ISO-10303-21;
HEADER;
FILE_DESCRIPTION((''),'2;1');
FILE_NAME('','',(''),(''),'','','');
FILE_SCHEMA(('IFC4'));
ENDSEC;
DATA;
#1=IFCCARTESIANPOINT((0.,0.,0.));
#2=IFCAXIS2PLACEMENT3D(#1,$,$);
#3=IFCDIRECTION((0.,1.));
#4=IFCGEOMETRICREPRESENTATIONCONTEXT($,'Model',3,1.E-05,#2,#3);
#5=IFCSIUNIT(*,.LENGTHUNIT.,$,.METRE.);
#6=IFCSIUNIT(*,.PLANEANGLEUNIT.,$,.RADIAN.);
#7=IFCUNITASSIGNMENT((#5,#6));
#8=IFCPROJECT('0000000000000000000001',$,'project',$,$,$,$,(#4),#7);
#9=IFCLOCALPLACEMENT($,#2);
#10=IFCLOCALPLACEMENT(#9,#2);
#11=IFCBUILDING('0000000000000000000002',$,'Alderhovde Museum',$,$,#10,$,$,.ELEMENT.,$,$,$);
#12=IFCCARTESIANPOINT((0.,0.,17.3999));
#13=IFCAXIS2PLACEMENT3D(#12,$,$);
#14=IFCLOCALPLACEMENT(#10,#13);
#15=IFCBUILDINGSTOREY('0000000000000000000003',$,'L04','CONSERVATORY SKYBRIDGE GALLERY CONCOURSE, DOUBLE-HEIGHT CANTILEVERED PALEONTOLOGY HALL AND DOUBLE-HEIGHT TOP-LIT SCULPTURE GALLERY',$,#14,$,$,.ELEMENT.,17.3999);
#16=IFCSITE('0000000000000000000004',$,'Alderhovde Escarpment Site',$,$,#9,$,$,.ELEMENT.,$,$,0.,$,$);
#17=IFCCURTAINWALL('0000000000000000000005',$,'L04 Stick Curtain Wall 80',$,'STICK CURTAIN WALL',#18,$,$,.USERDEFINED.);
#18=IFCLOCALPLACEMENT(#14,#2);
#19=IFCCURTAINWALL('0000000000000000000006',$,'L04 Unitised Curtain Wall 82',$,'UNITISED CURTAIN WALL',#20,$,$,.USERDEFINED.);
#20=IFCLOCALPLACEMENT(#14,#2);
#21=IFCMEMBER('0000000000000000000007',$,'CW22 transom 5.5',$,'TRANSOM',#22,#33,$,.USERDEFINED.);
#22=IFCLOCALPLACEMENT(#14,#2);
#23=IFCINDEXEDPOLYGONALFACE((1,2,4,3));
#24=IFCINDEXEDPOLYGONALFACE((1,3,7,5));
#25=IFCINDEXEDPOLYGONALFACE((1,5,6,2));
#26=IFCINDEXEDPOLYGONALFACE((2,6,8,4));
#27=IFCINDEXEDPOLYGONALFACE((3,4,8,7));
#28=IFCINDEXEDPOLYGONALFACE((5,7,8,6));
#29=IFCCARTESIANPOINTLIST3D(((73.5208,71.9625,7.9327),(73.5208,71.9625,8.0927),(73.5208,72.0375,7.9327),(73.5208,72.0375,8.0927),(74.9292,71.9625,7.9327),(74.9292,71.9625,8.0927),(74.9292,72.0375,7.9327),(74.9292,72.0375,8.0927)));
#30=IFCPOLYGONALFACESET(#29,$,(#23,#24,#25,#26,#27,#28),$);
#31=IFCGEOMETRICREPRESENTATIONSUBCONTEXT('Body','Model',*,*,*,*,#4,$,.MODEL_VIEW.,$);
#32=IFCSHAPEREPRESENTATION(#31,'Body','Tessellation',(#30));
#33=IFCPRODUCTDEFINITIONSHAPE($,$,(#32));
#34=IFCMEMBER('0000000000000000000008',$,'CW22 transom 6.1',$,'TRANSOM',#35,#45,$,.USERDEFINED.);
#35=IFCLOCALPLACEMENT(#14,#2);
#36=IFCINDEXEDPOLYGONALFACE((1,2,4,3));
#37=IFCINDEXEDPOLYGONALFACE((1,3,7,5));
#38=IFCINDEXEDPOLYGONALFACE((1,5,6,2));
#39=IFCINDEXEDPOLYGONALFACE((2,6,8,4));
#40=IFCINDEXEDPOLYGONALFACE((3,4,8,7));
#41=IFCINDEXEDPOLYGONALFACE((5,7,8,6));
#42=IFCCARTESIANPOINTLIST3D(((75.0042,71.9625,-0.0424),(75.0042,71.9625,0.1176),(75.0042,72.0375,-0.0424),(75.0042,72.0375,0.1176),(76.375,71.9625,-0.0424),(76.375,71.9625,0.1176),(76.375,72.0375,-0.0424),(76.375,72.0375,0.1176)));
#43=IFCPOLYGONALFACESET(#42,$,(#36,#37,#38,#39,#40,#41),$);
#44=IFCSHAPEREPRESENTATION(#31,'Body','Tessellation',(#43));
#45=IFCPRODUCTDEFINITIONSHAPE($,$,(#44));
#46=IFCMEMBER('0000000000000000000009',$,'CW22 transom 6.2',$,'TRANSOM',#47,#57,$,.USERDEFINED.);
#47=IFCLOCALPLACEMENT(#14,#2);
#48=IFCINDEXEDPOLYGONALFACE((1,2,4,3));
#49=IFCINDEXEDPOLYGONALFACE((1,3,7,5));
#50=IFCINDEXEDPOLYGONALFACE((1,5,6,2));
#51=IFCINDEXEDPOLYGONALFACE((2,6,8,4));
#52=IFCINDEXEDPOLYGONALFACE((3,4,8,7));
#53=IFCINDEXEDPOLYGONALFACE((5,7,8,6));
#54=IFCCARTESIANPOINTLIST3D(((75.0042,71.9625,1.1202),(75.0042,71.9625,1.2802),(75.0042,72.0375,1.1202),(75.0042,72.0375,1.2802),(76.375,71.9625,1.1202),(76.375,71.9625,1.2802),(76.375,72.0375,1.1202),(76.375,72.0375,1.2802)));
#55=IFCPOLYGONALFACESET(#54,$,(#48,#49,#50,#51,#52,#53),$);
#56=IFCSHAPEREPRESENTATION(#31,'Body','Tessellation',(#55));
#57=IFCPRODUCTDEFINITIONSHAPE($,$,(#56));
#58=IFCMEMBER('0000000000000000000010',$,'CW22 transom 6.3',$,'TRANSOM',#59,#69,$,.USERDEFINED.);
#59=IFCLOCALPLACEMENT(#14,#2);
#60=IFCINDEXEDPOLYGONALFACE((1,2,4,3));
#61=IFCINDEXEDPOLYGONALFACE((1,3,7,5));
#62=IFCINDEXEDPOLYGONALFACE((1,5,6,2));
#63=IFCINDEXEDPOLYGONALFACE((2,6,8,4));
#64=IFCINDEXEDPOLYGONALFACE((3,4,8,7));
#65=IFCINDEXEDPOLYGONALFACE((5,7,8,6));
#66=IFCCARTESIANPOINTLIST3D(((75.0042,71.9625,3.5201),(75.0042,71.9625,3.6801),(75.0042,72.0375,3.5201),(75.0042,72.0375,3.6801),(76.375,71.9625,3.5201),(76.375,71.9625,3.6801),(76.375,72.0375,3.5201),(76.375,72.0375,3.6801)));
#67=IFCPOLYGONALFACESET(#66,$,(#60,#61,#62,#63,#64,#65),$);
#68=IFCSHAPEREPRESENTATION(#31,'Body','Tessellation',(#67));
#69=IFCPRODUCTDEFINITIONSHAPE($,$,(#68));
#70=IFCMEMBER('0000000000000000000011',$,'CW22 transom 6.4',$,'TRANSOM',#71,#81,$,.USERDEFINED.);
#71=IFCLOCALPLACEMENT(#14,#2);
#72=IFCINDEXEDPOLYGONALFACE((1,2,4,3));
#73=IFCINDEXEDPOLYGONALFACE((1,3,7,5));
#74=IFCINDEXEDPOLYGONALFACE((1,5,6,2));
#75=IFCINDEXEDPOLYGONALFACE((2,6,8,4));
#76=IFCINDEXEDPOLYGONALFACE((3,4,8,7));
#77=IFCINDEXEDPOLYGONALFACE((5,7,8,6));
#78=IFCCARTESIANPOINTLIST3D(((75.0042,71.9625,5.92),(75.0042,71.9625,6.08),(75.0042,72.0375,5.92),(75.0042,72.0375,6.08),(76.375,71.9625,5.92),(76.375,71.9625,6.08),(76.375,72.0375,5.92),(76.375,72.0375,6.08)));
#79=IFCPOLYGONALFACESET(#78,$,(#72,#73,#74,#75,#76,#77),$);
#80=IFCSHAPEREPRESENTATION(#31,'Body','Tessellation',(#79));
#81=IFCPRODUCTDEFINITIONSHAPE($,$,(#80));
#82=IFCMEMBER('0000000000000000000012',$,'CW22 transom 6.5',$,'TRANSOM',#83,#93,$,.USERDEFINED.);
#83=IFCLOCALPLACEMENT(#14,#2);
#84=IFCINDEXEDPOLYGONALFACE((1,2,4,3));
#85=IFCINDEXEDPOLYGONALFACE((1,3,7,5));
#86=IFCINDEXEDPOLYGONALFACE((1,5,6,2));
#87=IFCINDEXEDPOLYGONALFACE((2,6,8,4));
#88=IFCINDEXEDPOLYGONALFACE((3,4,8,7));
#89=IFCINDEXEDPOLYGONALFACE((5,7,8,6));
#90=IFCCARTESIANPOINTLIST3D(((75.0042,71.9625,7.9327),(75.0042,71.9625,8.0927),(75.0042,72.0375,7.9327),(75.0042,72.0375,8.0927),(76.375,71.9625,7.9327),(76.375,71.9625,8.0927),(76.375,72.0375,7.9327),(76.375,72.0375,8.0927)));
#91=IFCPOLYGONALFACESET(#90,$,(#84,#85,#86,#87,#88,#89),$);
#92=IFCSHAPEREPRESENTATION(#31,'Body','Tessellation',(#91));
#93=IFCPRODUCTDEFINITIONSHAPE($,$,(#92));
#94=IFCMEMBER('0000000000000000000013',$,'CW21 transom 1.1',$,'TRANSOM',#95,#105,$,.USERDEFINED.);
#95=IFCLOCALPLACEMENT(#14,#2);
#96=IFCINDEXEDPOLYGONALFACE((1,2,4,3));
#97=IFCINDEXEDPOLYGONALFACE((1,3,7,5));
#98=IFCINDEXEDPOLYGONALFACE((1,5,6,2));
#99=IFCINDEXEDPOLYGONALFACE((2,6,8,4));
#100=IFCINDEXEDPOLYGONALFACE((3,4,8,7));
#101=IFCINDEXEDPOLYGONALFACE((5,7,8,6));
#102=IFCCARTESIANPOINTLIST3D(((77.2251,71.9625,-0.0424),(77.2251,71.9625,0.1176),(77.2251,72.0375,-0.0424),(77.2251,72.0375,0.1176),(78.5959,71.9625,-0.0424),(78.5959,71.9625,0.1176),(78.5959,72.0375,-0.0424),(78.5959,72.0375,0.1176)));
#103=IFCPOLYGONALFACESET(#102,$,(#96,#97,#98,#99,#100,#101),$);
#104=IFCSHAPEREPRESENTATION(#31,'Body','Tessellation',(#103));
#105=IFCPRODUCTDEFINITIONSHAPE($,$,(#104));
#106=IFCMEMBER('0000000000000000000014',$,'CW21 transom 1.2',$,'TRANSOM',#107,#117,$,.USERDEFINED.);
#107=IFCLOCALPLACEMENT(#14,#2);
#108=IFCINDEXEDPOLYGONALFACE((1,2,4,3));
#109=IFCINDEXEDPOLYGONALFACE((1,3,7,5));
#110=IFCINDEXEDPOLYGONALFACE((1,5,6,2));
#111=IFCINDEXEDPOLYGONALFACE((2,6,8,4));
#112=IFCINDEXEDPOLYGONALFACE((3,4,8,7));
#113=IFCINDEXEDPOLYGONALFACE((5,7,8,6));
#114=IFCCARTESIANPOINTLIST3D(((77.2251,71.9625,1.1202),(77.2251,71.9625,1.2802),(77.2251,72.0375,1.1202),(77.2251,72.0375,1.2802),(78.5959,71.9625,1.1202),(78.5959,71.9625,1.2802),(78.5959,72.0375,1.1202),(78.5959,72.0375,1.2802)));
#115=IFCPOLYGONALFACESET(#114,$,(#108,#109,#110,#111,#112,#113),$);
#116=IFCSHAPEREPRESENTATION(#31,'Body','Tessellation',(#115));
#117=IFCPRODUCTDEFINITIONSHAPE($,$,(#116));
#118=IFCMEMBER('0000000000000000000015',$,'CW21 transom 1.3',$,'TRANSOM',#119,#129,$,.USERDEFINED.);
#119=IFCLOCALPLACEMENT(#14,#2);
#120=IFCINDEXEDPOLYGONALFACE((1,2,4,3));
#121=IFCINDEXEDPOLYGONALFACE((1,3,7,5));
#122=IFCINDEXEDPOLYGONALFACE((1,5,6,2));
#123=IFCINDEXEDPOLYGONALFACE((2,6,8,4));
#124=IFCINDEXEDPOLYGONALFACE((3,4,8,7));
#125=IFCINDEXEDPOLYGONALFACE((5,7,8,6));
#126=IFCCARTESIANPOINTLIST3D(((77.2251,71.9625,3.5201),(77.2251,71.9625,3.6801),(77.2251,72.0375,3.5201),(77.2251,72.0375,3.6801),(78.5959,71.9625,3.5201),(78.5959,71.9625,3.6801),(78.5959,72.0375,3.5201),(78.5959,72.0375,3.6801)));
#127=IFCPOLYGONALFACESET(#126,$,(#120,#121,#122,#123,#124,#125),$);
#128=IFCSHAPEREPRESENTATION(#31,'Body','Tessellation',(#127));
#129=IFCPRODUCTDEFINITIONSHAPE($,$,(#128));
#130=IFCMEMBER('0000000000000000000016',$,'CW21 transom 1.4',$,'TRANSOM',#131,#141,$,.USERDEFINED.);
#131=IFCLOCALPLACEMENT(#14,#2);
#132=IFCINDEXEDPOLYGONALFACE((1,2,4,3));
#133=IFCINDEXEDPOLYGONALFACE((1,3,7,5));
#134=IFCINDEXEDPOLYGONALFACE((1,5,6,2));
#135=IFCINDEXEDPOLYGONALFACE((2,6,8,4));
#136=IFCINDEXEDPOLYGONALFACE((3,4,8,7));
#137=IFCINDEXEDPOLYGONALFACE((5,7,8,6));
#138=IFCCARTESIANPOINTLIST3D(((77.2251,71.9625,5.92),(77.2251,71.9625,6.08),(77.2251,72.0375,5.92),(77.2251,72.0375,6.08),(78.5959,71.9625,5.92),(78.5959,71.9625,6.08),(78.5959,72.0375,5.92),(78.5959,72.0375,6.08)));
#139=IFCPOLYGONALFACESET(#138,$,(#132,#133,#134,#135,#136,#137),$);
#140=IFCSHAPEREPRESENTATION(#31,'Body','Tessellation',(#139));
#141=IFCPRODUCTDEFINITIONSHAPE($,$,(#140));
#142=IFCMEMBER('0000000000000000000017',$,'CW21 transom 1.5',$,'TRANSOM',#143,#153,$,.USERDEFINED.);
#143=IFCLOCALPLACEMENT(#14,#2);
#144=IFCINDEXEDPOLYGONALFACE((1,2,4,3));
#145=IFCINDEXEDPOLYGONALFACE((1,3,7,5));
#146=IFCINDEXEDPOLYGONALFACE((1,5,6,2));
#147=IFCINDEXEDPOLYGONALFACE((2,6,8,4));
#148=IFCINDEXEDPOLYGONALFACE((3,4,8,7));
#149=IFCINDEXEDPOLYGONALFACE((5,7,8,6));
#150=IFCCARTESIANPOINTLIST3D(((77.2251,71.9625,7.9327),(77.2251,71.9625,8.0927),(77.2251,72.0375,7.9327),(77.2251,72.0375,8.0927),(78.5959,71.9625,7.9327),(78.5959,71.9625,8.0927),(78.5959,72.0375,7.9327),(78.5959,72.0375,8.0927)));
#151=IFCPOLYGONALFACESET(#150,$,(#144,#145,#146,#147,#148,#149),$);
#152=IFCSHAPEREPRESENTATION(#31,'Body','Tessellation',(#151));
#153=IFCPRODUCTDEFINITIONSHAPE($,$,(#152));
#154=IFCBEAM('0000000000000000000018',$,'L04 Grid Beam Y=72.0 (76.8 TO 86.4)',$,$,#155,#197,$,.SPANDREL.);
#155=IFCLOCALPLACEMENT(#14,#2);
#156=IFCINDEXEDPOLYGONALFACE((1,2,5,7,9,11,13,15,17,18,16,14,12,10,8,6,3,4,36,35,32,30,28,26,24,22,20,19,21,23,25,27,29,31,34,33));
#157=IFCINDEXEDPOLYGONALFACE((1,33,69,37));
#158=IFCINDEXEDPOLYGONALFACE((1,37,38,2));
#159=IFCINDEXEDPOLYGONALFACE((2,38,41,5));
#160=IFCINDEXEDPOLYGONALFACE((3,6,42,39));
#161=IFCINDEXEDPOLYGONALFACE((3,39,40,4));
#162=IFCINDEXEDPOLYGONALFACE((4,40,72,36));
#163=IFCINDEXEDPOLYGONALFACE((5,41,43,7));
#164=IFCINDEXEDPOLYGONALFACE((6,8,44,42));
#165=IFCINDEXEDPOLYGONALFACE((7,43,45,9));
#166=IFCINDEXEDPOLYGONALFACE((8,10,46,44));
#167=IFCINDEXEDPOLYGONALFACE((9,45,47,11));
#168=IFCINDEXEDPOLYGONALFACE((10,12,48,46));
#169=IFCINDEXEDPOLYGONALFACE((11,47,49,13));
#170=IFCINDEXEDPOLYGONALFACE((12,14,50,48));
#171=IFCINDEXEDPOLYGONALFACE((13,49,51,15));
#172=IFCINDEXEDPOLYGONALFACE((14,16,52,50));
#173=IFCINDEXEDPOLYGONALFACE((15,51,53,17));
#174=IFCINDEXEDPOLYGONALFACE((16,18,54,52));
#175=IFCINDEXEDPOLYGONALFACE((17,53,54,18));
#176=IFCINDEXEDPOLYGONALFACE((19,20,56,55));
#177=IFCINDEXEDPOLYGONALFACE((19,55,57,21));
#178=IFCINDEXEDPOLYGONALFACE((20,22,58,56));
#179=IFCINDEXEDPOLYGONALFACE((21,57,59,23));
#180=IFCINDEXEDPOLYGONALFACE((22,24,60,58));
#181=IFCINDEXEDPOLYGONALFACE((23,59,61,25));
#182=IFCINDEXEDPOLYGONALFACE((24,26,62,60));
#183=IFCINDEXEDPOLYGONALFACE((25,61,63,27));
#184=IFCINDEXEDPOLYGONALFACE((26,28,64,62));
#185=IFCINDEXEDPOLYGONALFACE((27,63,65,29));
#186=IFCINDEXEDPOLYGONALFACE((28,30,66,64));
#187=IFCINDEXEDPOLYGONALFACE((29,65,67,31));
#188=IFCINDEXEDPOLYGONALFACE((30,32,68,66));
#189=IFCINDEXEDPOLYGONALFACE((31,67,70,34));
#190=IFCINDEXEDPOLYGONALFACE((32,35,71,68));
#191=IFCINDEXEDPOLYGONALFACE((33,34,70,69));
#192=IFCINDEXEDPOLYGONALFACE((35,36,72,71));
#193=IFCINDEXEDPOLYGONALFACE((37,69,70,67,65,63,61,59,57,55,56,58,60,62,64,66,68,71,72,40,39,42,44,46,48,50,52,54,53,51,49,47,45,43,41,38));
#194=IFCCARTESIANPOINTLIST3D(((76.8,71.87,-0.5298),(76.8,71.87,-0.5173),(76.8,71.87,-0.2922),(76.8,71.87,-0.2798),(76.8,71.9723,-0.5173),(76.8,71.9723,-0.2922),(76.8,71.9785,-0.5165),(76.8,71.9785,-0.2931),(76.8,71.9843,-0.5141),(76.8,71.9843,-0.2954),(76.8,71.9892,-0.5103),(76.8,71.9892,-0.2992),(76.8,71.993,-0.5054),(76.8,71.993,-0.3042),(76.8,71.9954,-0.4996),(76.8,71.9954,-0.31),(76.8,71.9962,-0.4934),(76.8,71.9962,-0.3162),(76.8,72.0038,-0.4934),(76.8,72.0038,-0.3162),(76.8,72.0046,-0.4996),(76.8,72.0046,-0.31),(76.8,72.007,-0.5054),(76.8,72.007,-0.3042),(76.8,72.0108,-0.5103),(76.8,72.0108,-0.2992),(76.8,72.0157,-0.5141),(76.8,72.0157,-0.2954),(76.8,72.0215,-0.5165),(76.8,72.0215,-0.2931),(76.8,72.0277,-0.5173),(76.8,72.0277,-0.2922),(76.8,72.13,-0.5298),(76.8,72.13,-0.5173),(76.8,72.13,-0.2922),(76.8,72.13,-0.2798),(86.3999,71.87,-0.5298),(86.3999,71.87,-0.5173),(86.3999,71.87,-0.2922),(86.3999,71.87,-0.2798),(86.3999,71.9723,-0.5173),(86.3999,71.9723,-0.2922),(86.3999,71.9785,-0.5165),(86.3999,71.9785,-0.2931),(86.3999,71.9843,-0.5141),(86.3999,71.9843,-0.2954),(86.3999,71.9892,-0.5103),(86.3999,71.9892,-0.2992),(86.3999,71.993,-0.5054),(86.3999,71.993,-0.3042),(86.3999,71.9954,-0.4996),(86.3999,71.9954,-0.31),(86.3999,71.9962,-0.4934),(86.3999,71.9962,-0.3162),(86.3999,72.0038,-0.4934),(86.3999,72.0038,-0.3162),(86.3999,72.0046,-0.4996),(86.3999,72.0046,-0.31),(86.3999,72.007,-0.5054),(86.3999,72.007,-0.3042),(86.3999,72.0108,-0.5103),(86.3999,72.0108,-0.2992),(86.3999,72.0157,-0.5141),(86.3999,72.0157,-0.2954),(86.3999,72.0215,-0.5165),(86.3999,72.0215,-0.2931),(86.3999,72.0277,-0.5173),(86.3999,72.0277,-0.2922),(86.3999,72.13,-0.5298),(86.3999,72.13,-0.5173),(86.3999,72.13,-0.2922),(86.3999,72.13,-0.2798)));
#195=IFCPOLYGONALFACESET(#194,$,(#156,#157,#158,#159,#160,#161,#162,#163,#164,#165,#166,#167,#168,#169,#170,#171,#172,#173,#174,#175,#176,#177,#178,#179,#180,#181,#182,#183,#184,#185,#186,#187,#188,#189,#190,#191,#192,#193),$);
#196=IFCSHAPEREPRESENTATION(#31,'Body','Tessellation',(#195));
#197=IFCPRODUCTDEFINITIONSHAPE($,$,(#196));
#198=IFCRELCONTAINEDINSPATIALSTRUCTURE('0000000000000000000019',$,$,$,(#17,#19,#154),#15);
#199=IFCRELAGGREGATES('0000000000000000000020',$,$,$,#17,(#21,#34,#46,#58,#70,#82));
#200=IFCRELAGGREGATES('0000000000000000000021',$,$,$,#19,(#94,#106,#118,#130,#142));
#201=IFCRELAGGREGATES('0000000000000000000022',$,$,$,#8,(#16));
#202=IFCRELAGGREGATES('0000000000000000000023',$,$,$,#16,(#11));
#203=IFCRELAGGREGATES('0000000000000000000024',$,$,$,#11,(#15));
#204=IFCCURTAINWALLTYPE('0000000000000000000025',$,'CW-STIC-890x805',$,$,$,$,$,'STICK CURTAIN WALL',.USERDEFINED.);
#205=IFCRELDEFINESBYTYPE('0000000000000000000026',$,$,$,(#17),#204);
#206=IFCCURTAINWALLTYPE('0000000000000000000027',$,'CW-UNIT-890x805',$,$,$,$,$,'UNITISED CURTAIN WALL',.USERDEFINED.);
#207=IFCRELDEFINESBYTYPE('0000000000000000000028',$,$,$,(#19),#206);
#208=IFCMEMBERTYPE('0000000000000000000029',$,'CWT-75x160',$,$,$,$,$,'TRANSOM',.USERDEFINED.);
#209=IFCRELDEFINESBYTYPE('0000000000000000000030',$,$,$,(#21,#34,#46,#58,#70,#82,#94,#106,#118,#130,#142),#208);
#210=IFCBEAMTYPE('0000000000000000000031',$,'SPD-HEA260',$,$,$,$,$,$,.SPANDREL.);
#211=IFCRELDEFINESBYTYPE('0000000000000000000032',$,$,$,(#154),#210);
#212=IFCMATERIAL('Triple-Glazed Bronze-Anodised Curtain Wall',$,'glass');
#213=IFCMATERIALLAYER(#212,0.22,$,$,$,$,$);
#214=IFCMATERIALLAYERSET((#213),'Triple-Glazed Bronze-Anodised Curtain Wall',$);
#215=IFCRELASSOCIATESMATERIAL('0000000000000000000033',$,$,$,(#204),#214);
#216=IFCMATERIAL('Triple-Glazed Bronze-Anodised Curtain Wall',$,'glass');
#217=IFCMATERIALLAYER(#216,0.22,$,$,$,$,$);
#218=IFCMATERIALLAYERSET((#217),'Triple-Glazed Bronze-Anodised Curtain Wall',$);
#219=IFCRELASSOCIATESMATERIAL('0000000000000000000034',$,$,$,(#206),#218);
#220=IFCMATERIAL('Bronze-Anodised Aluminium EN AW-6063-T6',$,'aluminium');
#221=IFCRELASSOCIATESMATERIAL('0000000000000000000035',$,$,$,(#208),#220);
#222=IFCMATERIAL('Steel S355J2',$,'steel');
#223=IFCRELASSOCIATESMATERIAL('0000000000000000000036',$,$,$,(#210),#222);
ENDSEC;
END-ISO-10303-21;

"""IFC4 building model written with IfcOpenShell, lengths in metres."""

from ifc_helpers import new_model, si_unit, direction, frame, origin, origin_2d, place, context, subcontext, project, spatial, rectangle, i_section, extrude, material, layer, layer_set, material_profile, profile_set, type_object, element, aggregate, save


model = new_model("IFC4")

# Units and contexts
model_context = context("Model", 3, precision=1e-05, world=origin(), true_north=direction((0.0, 1.0)))
body_context = subcontext(model_context, "Body", "Model", "MODEL_VIEW")
ifc_project = project(units=[si_unit("LENGTHUNIT", "METRE"), si_unit("PLANEANGLEUNIT", "RADIAN")], contexts=[model_context])

# Site, building, storey
site_placement = place(None, origin())
site = spatial("IfcSite", under=ifc_project, at=site_placement, Name="Alderhovde Escarpment Site", CompositionType="ELEMENT", RefElevation=0.0)
building_placement = place(site_placement, origin())
building = spatial("IfcBuilding", under=site, at=building_placement, Name="Alderhovde Museum", CompositionType="ELEMENT")
storey_placement = place(building_placement, frame((0.0, 0.0, 17.3999)))
storey = spatial("IfcBuildingStorey", under=building, at=storey_placement, Name="L04", Description="CONSERVATORY SKYBRIDGE GALLERY CONCOURSE, DOUBLE-HEIGHT CANTILEVERED PALEONTOLOGY HALL AND DOUBLE-HEIGHT TOP-LIT SCULPTURE GALLERY", CompositionType="ELEMENT", Elevation=17.3999)

# Curtain walls
ifc_material_1 = material(Name="Triple-Glazed Bronze-Anodised Curtain Wall", Category="glass")
ifc_layer_1 = layer(ifc_material_1, 0.22)
ifc_layer_set_1 = layer_set([ifc_layer_1], Name="Triple-Glazed Bronze-Anodised Curtain Wall")
curtain_wall_type_1 = type_object("IfcCurtainWallType", Name="CW-STIC-890x805", ElementType="STICK CURTAIN WALL", PredefinedType="USERDEFINED", material=ifc_layer_set_1)
curtain_wall_1_placement = place(storey_placement, origin())
curtain_wall_1 = element("IfcCurtainWall", 1, at=curtain_wall_1_placement, inside=storey, type_object=curtain_wall_type_1, Name="L04 Stick Curtain Wall 80", ObjectType="STICK CURTAIN WALL", PredefinedType="USERDEFINED")
ifc_material_2 = material(Name="Triple-Glazed Bronze-Anodised Curtain Wall", Category="glass")
ifc_layer_2 = layer(ifc_material_2, 0.22)
ifc_layer_set_2 = layer_set([ifc_layer_2], Name="Triple-Glazed Bronze-Anodised Curtain Wall")
curtain_wall_type_2 = type_object("IfcCurtainWallType", Name="CW-UNIT-890x805", ElementType="UNITISED CURTAIN WALL", PredefinedType="USERDEFINED", material=ifc_layer_set_2)
curtain_wall_2_placement = place(storey_placement, origin())
curtain_wall_2 = element("IfcCurtainWall", 2, at=curtain_wall_2_placement, inside=storey, type_object=curtain_wall_type_2, Name="L04 Unitised Curtain Wall 82", ObjectType="UNITISED CURTAIN WALL", PredefinedType="USERDEFINED")

# Members
ifc_material_3 = material(Name="Bronze-Anodised Aluminium EN AW-6063-T6", Category="aluminium")
ifc_material_profile_1 = material_profile(ifc_material_3, rectangle(XDim=0.075, YDim=0.1599, at=origin_2d()), Name="TRANSOM 75x160")
ifc_profile_set_1 = profile_set([ifc_material_profile_1], Name="Bronze-Anodised Aluminium EN AW-6063-T6")
member_type_1 = type_object("IfcMemberType", Name="CWT-75x160", ElementType="TRANSOM", PredefinedType="USERDEFINED", material=ifc_profile_set_1)
member_1_placement = place(storey_placement, frame((73.5208, 72.0, 8.0127), z_axis=(1.0, 0.0, 0.0), x_axis=(0.0, 1.0, 0.0)))
member_1 = element("IfcMember", 3, at=member_1_placement, type_object=member_type_1, Name="CW22 transom 5.5", ObjectType="TRANSOM", PredefinedType="USERDEFINED", context=body_context, shape_type="SweptSolid", body=[
    extrude(rectangle(XDim=0.075, YDim=0.1599, at=origin_2d()), origin(), (0.0, 0.0, 1.0), 1.4084),
])
member_2_placement = place(storey_placement, frame((75.0042, 72.0, 0.0376), z_axis=(1.0, 0.0, 0.0), x_axis=(0.0, 1.0, 0.0)))
member_2 = element("IfcMember", 4, at=member_2_placement, type_object=member_type_1, Name="CW22 transom 6.1", ObjectType="TRANSOM", PredefinedType="USERDEFINED", context=body_context, shape_type="SweptSolid", body=[
    extrude(rectangle(XDim=0.075, YDim=0.1599, at=origin_2d()), origin(), (0.0, 0.0, 1.0), 1.3708),
])
member_3_placement = place(storey_placement, frame((75.0042, 72.0, 1.2002), z_axis=(1.0, 0.0, 0.0), x_axis=(0.0, 1.0, 0.0)))
member_3 = element("IfcMember", 5, at=member_3_placement, type_object=member_type_1, Name="CW22 transom 6.2", ObjectType="TRANSOM", PredefinedType="USERDEFINED", context=body_context, shape_type="SweptSolid", body=[
    extrude(rectangle(XDim=0.075, YDim=0.1599, at=origin_2d()), origin(), (0.0, 0.0, 1.0), 1.3708),
])
member_4_placement = place(storey_placement, frame((75.0042, 72.0, 3.6001), z_axis=(1.0, 0.0, 0.0), x_axis=(0.0, 1.0, 0.0)))
member_4 = element("IfcMember", 6, at=member_4_placement, type_object=member_type_1, Name="CW22 transom 6.3", ObjectType="TRANSOM", PredefinedType="USERDEFINED", context=body_context, shape_type="SweptSolid", body=[
    extrude(rectangle(XDim=0.075, YDim=0.1599, at=origin_2d()), origin(), (0.0, 0.0, 1.0), 1.3708),
])
member_5_placement = place(storey_placement, frame((75.0042, 72.0, 6.0), z_axis=(1.0, 0.0, 0.0), x_axis=(0.0, 1.0, 0.0)))
member_5 = element("IfcMember", 7, at=member_5_placement, type_object=member_type_1, Name="CW22 transom 6.4", ObjectType="TRANSOM", PredefinedType="USERDEFINED", context=body_context, shape_type="SweptSolid", body=[
    extrude(rectangle(XDim=0.075, YDim=0.1599, at=origin_2d()), origin(), (0.0, 0.0, 1.0), 1.3708),
])
member_6_placement = place(storey_placement, frame((75.0042, 72.0, 8.0127), z_axis=(1.0, 0.0, 0.0), x_axis=(0.0, 1.0, 0.0)))
member_6 = element("IfcMember", 8, at=member_6_placement, type_object=member_type_1, Name="CW22 transom 6.5", ObjectType="TRANSOM", PredefinedType="USERDEFINED", context=body_context, shape_type="SweptSolid", body=[
    extrude(rectangle(XDim=0.075, YDim=0.1599, at=origin_2d()), origin(), (0.0, 0.0, 1.0), 1.3708),
])
member_7_placement = place(storey_placement, frame((77.2251, 72.0, 0.0376), z_axis=(1.0, 0.0, 0.0), x_axis=(0.0, 1.0, 0.0)))
member_7 = element("IfcMember", 9, at=member_7_placement, type_object=member_type_1, Name="CW21 transom 1.1", ObjectType="TRANSOM", PredefinedType="USERDEFINED", context=body_context, shape_type="SweptSolid", body=[
    extrude(rectangle(XDim=0.075, YDim=0.1599, at=origin_2d()), origin(), (0.0, 0.0, 1.0), 1.3708),
])
member_8_placement = place(storey_placement, frame((77.2251, 72.0, 1.2002), z_axis=(1.0, 0.0, 0.0), x_axis=(0.0, 1.0, 0.0)))
member_8 = element("IfcMember", 10, at=member_8_placement, type_object=member_type_1, Name="CW21 transom 1.2", ObjectType="TRANSOM", PredefinedType="USERDEFINED", context=body_context, shape_type="SweptSolid", body=[
    extrude(rectangle(XDim=0.075, YDim=0.1599, at=origin_2d()), origin(), (0.0, 0.0, 1.0), 1.3708),
])
member_9_placement = place(storey_placement, frame((77.2251, 72.0, 3.6001), z_axis=(1.0, 0.0, 0.0), x_axis=(0.0, 1.0, 0.0)))
member_9 = element("IfcMember", 11, at=member_9_placement, type_object=member_type_1, Name="CW21 transom 1.3", ObjectType="TRANSOM", PredefinedType="USERDEFINED", context=body_context, shape_type="SweptSolid", body=[
    extrude(rectangle(XDim=0.075, YDim=0.1599, at=origin_2d()), origin(), (0.0, 0.0, 1.0), 1.3708),
])
member_10_placement = place(storey_placement, frame((77.2251, 72.0, 6.0), z_axis=(1.0, 0.0, 0.0), x_axis=(0.0, 1.0, 0.0)))
member_10 = element("IfcMember", 12, at=member_10_placement, type_object=member_type_1, Name="CW21 transom 1.4", ObjectType="TRANSOM", PredefinedType="USERDEFINED", context=body_context, shape_type="SweptSolid", body=[
    extrude(rectangle(XDim=0.075, YDim=0.1599, at=origin_2d()), origin(), (0.0, 0.0, 1.0), 1.3708),
])
member_11_placement = place(storey_placement, frame((77.2251, 72.0, 8.0127), z_axis=(1.0, 0.0, 0.0), x_axis=(0.0, 1.0, 0.0)))
member_11 = element("IfcMember", 13, at=member_11_placement, type_object=member_type_1, Name="CW21 transom 1.5", ObjectType="TRANSOM", PredefinedType="USERDEFINED", context=body_context, shape_type="SweptSolid", body=[
    extrude(rectangle(XDim=0.075, YDim=0.1599, at=origin_2d()), origin(), (0.0, 0.0, 1.0), 1.3708),
])

# Beam
ifc_material_4 = material(Name="Steel S355J2", Category="steel")
ifc_material_profile_2 = material_profile(ifc_material_4, i_section(OverallWidth=0.26, OverallDepth=0.25, WebThickness=0.0076, FlangeThickness=0.0125, FilletRadius=0.0239, at=origin_2d()), Name="HEA 260")
ifc_profile_set_2 = profile_set([ifc_material_profile_2], Name="Steel S355J2")
beam_type_1 = type_object("IfcBeamType", Name="SPD-HEA260", PredefinedType="SPANDREL", material=ifc_profile_set_2)
beam_1_placement = place(storey_placement, frame((76.8, 72.0, -0.4048), z_axis=(1.0, 0.0, 0.0), x_axis=(0.0, 1.0, 0.0)))
element("IfcBeam", 14, at=beam_1_placement, inside=storey, type_object=beam_type_1, Name="L04 Grid Beam Y=72.0 (76.8 TO 86.4)", PredefinedType="SPANDREL", context=body_context, shape_type="SweptSolid", body=[
    extrude(i_section(OverallWidth=0.26, OverallDepth=0.25, WebThickness=0.0076, FlangeThickness=0.0125, FilletRadius=0.0239, at=origin_2d()), origin(), (0.0, 0.0, 1.0), 9.5999),
])

aggregate(curtain_wall_1, [member_1, member_2, member_3, member_4, member_5, member_6])
aggregate(curtain_wall_2, [member_7, member_8, member_9, member_10, member_11])

save(model, "model.ifc")
